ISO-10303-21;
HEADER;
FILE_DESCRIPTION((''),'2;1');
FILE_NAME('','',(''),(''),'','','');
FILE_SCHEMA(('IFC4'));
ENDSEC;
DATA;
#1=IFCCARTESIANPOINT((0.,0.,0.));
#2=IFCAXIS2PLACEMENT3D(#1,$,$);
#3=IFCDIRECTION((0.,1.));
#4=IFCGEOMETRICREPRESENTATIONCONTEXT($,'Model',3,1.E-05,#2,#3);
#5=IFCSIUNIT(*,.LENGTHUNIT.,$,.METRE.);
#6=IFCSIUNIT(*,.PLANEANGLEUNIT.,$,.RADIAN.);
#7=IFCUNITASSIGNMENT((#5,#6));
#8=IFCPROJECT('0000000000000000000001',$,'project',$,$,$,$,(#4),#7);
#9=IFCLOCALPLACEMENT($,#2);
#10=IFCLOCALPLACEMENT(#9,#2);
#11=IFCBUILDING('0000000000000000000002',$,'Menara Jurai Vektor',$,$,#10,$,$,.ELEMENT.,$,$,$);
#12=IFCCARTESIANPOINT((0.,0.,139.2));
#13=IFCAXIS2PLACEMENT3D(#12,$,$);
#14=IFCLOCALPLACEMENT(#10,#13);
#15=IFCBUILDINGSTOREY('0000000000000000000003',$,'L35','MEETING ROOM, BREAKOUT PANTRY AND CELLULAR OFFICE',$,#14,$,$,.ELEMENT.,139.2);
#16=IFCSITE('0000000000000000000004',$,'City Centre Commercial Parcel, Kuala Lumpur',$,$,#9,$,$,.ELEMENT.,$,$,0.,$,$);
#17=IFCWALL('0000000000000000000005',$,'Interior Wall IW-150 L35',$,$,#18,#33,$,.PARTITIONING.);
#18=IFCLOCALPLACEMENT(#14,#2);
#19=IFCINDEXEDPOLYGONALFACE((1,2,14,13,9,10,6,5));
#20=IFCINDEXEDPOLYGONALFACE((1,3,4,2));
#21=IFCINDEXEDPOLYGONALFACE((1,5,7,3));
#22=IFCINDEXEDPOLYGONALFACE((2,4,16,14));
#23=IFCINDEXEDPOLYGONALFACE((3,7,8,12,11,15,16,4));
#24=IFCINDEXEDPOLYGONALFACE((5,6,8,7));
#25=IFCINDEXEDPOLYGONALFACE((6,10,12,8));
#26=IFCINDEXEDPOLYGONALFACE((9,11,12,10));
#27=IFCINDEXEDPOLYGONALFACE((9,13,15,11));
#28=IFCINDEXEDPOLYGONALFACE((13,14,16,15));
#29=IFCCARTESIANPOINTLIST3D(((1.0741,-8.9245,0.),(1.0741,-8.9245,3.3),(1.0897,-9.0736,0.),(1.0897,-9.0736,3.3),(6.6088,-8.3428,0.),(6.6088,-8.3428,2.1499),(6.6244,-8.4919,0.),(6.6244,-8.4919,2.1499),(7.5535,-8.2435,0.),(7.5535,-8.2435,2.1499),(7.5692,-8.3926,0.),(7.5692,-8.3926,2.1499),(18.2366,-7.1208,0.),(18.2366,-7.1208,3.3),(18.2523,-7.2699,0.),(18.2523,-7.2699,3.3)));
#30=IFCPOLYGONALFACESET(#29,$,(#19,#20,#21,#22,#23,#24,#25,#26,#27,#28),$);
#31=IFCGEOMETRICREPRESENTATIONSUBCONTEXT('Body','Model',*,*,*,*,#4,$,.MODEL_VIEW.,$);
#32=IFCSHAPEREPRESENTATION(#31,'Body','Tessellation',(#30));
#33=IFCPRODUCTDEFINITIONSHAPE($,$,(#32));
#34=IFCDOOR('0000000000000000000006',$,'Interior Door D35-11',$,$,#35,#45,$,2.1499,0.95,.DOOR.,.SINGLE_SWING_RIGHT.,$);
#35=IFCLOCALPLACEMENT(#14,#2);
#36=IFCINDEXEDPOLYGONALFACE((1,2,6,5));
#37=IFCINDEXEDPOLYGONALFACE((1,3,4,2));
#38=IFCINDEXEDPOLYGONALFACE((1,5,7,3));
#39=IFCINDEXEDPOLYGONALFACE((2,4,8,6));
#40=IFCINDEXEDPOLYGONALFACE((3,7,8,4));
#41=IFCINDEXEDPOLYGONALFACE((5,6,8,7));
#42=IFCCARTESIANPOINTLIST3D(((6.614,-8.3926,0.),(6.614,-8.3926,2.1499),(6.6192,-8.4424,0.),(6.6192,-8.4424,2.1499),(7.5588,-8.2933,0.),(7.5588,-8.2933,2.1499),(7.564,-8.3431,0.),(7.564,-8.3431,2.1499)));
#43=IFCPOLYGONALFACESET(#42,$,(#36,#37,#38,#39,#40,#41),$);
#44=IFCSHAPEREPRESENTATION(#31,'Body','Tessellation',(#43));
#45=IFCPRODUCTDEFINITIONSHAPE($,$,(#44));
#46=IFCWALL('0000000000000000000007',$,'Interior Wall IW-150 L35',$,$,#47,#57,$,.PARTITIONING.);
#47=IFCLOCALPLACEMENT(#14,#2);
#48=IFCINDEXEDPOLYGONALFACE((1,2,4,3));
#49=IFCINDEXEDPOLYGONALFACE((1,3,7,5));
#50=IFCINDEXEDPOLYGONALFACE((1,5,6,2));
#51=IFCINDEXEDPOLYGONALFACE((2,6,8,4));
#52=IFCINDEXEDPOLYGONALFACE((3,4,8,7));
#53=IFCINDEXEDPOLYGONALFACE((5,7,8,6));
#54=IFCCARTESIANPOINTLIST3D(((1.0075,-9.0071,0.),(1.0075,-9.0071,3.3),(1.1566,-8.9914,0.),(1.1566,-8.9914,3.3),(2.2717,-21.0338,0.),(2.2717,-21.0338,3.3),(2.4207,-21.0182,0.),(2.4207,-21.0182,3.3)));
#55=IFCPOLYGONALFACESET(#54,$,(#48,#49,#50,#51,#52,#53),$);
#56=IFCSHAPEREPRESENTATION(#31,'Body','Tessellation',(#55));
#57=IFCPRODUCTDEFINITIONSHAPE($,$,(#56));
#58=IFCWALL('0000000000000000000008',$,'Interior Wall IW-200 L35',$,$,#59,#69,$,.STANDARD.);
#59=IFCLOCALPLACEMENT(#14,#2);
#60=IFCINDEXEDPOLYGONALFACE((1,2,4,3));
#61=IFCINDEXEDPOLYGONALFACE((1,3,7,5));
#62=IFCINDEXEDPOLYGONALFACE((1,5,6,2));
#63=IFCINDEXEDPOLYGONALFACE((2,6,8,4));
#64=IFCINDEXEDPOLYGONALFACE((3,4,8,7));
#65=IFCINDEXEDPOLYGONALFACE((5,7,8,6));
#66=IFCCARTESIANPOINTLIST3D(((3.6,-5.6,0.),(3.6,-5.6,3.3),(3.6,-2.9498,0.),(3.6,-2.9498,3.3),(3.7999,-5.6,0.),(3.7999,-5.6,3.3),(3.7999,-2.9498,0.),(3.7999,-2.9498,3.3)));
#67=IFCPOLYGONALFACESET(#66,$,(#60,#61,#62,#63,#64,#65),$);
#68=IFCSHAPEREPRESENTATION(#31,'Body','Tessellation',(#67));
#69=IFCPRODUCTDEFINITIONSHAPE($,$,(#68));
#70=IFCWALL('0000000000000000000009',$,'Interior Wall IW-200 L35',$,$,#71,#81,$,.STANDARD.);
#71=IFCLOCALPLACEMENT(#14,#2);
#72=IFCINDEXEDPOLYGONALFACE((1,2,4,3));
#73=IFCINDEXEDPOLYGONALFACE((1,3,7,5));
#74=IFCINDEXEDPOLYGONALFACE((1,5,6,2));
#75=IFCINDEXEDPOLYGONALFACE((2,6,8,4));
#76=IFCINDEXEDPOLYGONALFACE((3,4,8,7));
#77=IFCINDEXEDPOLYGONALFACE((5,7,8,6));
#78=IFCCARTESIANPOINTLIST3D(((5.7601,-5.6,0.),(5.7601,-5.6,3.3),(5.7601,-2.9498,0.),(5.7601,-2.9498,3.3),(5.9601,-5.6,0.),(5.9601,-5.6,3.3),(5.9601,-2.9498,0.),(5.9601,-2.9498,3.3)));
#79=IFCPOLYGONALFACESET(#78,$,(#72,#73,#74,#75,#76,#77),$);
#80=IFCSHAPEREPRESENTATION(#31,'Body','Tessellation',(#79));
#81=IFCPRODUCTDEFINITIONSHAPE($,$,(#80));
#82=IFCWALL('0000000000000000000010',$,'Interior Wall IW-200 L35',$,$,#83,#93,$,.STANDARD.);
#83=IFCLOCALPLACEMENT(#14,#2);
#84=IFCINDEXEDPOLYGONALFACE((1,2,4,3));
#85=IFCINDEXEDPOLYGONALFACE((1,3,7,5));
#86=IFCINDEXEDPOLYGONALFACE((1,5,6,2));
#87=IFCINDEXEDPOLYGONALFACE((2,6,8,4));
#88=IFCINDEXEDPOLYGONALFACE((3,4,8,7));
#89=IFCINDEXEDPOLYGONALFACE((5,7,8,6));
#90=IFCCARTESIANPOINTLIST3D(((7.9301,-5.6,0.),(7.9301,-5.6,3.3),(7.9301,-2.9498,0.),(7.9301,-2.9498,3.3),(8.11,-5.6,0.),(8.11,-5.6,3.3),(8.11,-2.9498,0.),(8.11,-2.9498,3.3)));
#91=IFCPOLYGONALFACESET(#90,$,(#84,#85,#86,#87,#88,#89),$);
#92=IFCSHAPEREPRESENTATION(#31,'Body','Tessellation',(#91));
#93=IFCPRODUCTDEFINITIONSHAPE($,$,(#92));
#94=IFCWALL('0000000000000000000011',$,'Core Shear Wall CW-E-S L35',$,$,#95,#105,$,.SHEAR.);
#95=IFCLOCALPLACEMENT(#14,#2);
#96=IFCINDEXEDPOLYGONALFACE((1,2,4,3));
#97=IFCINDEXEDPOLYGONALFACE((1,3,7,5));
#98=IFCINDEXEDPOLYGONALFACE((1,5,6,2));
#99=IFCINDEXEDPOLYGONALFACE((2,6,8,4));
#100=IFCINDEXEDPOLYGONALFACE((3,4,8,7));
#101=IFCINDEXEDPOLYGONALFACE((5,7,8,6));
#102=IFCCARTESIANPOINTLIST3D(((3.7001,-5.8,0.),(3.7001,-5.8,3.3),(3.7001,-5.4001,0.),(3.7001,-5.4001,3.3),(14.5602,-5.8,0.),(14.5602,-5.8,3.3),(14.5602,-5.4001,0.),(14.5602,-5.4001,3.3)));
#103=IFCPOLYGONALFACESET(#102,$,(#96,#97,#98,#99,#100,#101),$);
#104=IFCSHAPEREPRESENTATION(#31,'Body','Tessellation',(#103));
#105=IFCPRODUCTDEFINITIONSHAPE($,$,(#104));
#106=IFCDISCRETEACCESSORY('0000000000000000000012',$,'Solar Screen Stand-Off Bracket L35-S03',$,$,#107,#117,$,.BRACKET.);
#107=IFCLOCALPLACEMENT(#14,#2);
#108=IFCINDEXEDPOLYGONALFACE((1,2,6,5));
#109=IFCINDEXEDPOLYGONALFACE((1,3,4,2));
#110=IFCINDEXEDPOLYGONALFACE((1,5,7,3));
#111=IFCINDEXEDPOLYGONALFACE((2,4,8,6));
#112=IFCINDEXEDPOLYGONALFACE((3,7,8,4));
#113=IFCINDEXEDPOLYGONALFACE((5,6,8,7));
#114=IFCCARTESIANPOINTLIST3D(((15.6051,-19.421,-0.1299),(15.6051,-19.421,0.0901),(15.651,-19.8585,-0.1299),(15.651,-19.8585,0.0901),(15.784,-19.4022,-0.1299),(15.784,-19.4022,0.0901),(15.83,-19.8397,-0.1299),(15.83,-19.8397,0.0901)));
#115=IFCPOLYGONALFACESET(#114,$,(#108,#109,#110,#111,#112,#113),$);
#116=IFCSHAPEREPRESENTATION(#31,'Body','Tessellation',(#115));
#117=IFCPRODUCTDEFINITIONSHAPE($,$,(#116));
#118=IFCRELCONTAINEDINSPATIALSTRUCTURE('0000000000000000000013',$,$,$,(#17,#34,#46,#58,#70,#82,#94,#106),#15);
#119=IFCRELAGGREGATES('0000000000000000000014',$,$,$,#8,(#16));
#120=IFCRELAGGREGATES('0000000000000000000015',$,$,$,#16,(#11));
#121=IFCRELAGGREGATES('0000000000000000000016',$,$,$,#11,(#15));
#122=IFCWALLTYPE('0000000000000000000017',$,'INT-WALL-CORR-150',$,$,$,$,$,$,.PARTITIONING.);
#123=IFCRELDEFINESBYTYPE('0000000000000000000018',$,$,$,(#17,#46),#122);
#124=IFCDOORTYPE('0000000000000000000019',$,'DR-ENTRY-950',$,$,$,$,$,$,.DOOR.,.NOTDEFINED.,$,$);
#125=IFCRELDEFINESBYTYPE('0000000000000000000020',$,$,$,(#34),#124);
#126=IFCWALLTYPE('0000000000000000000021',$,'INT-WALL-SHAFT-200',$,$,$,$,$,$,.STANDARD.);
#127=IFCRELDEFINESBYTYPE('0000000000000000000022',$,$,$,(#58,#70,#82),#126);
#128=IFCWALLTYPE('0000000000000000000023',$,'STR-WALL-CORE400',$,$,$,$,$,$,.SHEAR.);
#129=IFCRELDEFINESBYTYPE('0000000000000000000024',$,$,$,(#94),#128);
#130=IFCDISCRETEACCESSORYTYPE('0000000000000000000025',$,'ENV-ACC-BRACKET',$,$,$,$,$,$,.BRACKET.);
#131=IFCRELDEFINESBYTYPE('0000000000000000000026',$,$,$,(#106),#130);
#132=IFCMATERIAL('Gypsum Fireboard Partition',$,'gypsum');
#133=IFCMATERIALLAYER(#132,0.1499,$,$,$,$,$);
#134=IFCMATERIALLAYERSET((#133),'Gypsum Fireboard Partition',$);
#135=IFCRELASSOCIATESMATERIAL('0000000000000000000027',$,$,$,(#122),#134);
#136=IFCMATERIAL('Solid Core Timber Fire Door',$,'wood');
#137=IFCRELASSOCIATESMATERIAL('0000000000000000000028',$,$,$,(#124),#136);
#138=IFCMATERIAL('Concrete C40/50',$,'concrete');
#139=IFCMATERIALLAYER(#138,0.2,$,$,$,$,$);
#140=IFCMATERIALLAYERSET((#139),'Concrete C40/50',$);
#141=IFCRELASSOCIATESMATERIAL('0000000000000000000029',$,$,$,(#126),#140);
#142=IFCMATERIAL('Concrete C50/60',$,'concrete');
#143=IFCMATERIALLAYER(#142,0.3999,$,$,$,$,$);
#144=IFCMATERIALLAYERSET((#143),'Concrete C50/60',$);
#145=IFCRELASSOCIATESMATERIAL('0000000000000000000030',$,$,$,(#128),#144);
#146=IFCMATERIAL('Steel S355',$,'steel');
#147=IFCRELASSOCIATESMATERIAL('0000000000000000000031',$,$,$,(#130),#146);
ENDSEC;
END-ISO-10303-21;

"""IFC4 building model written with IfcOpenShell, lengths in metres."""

from ifc_helpers import new_model, si_unit, direction, frame, frame_2d, origin, origin_2d, place, context, subcontext, project, spatial, rectangle, extrude, material, layer, layer_set, type_object, element, fill, save


model = new_model("IFC4")

# Units and contexts
model_context = context("Model", 3, precision=1e-05, world=origin(), true_north=direction((0.0, 1.0)))
body_context = subcontext(model_context, "Body", "Model", "MODEL_VIEW")
ifc_project = project(units=[si_unit("LENGTHUNIT", "METRE"), si_unit("PLANEANGLEUNIT", "RADIAN")], contexts=[model_context])

# Site, building, storey
site_placement = place(None, origin())
site = spatial("IfcSite", under=ifc_project, at=site_placement, Name="City Centre Commercial Parcel, Kuala Lumpur", CompositionType="ELEMENT", RefElevation=0.0)
building_placement = place(site_placement, origin())
building = spatial("IfcBuilding", under=site, at=building_placement, Name="Menara Jurai Vektor", CompositionType="ELEMENT")
storey_placement = place(building_placement, frame((0.0, 0.0, 139.2)))
storey = spatial("IfcBuildingStorey", under=building, at=storey_placement, Name="L35", Description="MEETING ROOM, BREAKOUT PANTRY AND CELLULAR OFFICE", CompositionType="ELEMENT", Elevation=139.2)

# Shared definitions
ifc_material_1 = material(Name="Concrete C50/60", Category="concrete")

# Shared definitions
ifc_material_2 = material(Name="Steel S355", Category="steel")

# Wall, opening, door
ifc_material_3 = material(Name="Gypsum Fireboard Partition", Category="gypsum")
ifc_layer_1 = layer(ifc_material_3, 0.1499)
ifc_layer_set_1 = layer_set([ifc_layer_1], Name="Gypsum Fireboard Partition")
wall_type_1 = type_object("IfcWallType", Name="INT-WALL-CORR-150", PredefinedType="PARTITIONING", material=ifc_layer_set_1)
wall_1_placement = place(storey_placement, frame((1.082, -8.999, 0.0), z_axis=(0.0, 0.0, 1.0), x_axis=(0.994523, 0.10452, 0.0)))
wall_1 = element("IfcWall", 1, at=wall_1_placement, inside=storey, type_object=wall_type_1, Name="Interior Wall IW-150 L35", PredefinedType="PARTITIONING", context=body_context, shape_type="SweptSolid", body=[
    extrude(rectangle(XDim=17.2571, YDim=0.1499, at=frame_2d((8.6284, 0.0))), origin(), (0.0, 0.0, 1.0), 3.3),
])
opening_placement = place(wall_1_placement, frame((5.5649, 0.0, 0.0)))
opening = element("IfcOpeningElement", 2, at=opening_placement, cuts=wall_1, PredefinedType="OPENING", context=body_context, shape_type="SweptSolid", body=[
    extrude(rectangle(XDim=0.95, YDim=2.1499, at=frame_2d((0.4751, 1.075))), frame((0.0, 0.085, 0.0), z_axis=(0.0, -1.0, 0.0), x_axis=(1.0, 0.0, 0.0)), (0.0, 0.0, 1.0), 0.1699),
])
ifc_material_4 = material(Name="Solid Core Timber Fire Door", Category="wood")
door_type = type_object("IfcDoorType", Name="DR-ENTRY-950", OperationType="NOTDEFINED", PredefinedType="DOOR", material=ifc_material_4)
door_placement = place(opening_placement, origin())
door = element("IfcDoor", 3, at=door_placement, inside=storey, type_object=door_type, Name="Interior Door D35-11", OperationType="SINGLE_SWING_RIGHT", OverallHeight=2.1499, OverallWidth=0.95, PredefinedType="DOOR", context=body_context, shape_type="SweptSolid", body=[
    extrude(rectangle(XDim=0.95, YDim=2.1499, at=frame_2d((0.4751, 1.075))), frame((0.0, 0.0249, 0.0), z_axis=(0.0, -1.0, 0.0), x_axis=(1.0, 0.0, 0.0)), (0.0, 0.0, 1.0), 0.05),
])
fill(opening, door)

# Walls
wall_2_placement = place(storey_placement, frame((2.3462, -21.0259, 0.0), z_axis=(0.0, 0.0, 1.0), x_axis=(-0.104536, 0.994521, 0.0)))
element("IfcWall", 4, at=wall_2_placement, inside=storey, type_object=wall_type_1, Name="Interior Wall IW-150 L35", PredefinedType="PARTITIONING", context=body_context, shape_type="SweptSolid", body=[
    extrude(rectangle(XDim=12.093, YDim=0.1499, at=frame_2d((6.0464, 0.0))), origin(), (0.0, 0.0, 1.0), 3.3),
])
ifc_material_5 = material(Name="Concrete C40/50", Category="concrete")
ifc_layer_2 = layer(ifc_material_5, 0.2)
ifc_layer_set_2 = layer_set([ifc_layer_2], Name="Concrete C40/50")
wall_type_2 = type_object("IfcWallType", Name="INT-WALL-SHAFT-200", PredefinedType="STANDARD", material=ifc_layer_set_2)
for number, where, z_axis, x_axis, name in (
    (5, (3.7, -5.6001, 0.0), (0.0, 0.0, 1.0), (0.0, 1.0, 0.0), "Interior Wall IW-200 L35"),
    (6, (5.8601, -5.6001, 0.0), (0.0, 0.0, 1.0), (0.0, 1.0, 0.0), "Interior Wall IW-200 L35"),
):
    element("IfcWall", number, at=place(storey_placement, frame(where, z_axis=z_axis, x_axis=x_axis)), inside=storey, type_object=wall_type_2, Name=name, PredefinedType="STANDARD", context=body_context, shape_type="SweptSolid", body=[
        extrude(rectangle(XDim=2.6501, YDim=0.2, at=frame_2d((1.3252, 0.0))), origin(), (0.0, 0.0, 1.0), 3.3),
    ])
wall_3_placement = place(storey_placement, frame((8.02, -5.6001, 0.0), z_axis=(0.0, 0.0, 1.0), x_axis=(0.0, 1.0, 0.0)))
element("IfcWall", 7, at=wall_3_placement, inside=storey, type_object=wall_type_2, Name="Interior Wall IW-200 L35", PredefinedType="STANDARD", context=body_context, shape_type="SweptSolid", body=[
    extrude(rectangle(XDim=2.6501, YDim=0.1799, at=frame_2d((1.3252, 0.0))), origin(), (0.0, 0.0, 1.0), 3.3),
])
ifc_layer_3 = layer(ifc_material_1, 0.3999)
ifc_layer_set_3 = layer_set([ifc_layer_3], Name="Concrete C50/60")
wall_type_3 = type_object("IfcWallType", Name="STR-WALL-CORE400", PredefinedType="SHEAR", material=ifc_layer_set_3)
wall_4_placement = place(storey_placement, frame((3.7, -5.6001, 0.0), z_axis=(0.0, 0.0, 1.0), x_axis=(1.0, 0.0, 0.0)))
element("IfcWall", 8, at=wall_4_placement, inside=storey, type_object=wall_type_3, Name="Core Shear Wall CW-E-S L35", PredefinedType="SHEAR", context=body_context, shape_type="SweptSolid", body=[
    extrude(rectangle(XDim=10.8601, YDim=0.3999, at=frame_2d((5.4302, 0.0))), origin(), (0.0, 0.0, 1.0), 3.3),
])

# Discrete accessory
discrete_accessory_type = type_object("IfcDiscreteAccessoryType", Name="ENV-ACC-BRACKET", PredefinedType="BRACKET", material=ifc_material_2)
discrete_accessory_placement = place(storey_placement, frame((15.7175, -19.6304, -0.1299), z_axis=(0.0, 0.0, 1.0), x_axis=(0.994522, 0.104528, 0.0)))
element("IfcDiscreteAccessory", 9, at=discrete_accessory_placement, inside=storey, type_object=discrete_accessory_type, Name="Solar Screen Stand-Off Bracket L35-S03", PredefinedType="BRACKET", context=body_context, shape_type="SweptSolid", body=[
    extrude(rectangle(XDim=0.1799, YDim=0.4399, at=origin_2d()), origin(), (0.0, 0.0, 1.0), 0.22),
])

save(model, "model.ifc")
